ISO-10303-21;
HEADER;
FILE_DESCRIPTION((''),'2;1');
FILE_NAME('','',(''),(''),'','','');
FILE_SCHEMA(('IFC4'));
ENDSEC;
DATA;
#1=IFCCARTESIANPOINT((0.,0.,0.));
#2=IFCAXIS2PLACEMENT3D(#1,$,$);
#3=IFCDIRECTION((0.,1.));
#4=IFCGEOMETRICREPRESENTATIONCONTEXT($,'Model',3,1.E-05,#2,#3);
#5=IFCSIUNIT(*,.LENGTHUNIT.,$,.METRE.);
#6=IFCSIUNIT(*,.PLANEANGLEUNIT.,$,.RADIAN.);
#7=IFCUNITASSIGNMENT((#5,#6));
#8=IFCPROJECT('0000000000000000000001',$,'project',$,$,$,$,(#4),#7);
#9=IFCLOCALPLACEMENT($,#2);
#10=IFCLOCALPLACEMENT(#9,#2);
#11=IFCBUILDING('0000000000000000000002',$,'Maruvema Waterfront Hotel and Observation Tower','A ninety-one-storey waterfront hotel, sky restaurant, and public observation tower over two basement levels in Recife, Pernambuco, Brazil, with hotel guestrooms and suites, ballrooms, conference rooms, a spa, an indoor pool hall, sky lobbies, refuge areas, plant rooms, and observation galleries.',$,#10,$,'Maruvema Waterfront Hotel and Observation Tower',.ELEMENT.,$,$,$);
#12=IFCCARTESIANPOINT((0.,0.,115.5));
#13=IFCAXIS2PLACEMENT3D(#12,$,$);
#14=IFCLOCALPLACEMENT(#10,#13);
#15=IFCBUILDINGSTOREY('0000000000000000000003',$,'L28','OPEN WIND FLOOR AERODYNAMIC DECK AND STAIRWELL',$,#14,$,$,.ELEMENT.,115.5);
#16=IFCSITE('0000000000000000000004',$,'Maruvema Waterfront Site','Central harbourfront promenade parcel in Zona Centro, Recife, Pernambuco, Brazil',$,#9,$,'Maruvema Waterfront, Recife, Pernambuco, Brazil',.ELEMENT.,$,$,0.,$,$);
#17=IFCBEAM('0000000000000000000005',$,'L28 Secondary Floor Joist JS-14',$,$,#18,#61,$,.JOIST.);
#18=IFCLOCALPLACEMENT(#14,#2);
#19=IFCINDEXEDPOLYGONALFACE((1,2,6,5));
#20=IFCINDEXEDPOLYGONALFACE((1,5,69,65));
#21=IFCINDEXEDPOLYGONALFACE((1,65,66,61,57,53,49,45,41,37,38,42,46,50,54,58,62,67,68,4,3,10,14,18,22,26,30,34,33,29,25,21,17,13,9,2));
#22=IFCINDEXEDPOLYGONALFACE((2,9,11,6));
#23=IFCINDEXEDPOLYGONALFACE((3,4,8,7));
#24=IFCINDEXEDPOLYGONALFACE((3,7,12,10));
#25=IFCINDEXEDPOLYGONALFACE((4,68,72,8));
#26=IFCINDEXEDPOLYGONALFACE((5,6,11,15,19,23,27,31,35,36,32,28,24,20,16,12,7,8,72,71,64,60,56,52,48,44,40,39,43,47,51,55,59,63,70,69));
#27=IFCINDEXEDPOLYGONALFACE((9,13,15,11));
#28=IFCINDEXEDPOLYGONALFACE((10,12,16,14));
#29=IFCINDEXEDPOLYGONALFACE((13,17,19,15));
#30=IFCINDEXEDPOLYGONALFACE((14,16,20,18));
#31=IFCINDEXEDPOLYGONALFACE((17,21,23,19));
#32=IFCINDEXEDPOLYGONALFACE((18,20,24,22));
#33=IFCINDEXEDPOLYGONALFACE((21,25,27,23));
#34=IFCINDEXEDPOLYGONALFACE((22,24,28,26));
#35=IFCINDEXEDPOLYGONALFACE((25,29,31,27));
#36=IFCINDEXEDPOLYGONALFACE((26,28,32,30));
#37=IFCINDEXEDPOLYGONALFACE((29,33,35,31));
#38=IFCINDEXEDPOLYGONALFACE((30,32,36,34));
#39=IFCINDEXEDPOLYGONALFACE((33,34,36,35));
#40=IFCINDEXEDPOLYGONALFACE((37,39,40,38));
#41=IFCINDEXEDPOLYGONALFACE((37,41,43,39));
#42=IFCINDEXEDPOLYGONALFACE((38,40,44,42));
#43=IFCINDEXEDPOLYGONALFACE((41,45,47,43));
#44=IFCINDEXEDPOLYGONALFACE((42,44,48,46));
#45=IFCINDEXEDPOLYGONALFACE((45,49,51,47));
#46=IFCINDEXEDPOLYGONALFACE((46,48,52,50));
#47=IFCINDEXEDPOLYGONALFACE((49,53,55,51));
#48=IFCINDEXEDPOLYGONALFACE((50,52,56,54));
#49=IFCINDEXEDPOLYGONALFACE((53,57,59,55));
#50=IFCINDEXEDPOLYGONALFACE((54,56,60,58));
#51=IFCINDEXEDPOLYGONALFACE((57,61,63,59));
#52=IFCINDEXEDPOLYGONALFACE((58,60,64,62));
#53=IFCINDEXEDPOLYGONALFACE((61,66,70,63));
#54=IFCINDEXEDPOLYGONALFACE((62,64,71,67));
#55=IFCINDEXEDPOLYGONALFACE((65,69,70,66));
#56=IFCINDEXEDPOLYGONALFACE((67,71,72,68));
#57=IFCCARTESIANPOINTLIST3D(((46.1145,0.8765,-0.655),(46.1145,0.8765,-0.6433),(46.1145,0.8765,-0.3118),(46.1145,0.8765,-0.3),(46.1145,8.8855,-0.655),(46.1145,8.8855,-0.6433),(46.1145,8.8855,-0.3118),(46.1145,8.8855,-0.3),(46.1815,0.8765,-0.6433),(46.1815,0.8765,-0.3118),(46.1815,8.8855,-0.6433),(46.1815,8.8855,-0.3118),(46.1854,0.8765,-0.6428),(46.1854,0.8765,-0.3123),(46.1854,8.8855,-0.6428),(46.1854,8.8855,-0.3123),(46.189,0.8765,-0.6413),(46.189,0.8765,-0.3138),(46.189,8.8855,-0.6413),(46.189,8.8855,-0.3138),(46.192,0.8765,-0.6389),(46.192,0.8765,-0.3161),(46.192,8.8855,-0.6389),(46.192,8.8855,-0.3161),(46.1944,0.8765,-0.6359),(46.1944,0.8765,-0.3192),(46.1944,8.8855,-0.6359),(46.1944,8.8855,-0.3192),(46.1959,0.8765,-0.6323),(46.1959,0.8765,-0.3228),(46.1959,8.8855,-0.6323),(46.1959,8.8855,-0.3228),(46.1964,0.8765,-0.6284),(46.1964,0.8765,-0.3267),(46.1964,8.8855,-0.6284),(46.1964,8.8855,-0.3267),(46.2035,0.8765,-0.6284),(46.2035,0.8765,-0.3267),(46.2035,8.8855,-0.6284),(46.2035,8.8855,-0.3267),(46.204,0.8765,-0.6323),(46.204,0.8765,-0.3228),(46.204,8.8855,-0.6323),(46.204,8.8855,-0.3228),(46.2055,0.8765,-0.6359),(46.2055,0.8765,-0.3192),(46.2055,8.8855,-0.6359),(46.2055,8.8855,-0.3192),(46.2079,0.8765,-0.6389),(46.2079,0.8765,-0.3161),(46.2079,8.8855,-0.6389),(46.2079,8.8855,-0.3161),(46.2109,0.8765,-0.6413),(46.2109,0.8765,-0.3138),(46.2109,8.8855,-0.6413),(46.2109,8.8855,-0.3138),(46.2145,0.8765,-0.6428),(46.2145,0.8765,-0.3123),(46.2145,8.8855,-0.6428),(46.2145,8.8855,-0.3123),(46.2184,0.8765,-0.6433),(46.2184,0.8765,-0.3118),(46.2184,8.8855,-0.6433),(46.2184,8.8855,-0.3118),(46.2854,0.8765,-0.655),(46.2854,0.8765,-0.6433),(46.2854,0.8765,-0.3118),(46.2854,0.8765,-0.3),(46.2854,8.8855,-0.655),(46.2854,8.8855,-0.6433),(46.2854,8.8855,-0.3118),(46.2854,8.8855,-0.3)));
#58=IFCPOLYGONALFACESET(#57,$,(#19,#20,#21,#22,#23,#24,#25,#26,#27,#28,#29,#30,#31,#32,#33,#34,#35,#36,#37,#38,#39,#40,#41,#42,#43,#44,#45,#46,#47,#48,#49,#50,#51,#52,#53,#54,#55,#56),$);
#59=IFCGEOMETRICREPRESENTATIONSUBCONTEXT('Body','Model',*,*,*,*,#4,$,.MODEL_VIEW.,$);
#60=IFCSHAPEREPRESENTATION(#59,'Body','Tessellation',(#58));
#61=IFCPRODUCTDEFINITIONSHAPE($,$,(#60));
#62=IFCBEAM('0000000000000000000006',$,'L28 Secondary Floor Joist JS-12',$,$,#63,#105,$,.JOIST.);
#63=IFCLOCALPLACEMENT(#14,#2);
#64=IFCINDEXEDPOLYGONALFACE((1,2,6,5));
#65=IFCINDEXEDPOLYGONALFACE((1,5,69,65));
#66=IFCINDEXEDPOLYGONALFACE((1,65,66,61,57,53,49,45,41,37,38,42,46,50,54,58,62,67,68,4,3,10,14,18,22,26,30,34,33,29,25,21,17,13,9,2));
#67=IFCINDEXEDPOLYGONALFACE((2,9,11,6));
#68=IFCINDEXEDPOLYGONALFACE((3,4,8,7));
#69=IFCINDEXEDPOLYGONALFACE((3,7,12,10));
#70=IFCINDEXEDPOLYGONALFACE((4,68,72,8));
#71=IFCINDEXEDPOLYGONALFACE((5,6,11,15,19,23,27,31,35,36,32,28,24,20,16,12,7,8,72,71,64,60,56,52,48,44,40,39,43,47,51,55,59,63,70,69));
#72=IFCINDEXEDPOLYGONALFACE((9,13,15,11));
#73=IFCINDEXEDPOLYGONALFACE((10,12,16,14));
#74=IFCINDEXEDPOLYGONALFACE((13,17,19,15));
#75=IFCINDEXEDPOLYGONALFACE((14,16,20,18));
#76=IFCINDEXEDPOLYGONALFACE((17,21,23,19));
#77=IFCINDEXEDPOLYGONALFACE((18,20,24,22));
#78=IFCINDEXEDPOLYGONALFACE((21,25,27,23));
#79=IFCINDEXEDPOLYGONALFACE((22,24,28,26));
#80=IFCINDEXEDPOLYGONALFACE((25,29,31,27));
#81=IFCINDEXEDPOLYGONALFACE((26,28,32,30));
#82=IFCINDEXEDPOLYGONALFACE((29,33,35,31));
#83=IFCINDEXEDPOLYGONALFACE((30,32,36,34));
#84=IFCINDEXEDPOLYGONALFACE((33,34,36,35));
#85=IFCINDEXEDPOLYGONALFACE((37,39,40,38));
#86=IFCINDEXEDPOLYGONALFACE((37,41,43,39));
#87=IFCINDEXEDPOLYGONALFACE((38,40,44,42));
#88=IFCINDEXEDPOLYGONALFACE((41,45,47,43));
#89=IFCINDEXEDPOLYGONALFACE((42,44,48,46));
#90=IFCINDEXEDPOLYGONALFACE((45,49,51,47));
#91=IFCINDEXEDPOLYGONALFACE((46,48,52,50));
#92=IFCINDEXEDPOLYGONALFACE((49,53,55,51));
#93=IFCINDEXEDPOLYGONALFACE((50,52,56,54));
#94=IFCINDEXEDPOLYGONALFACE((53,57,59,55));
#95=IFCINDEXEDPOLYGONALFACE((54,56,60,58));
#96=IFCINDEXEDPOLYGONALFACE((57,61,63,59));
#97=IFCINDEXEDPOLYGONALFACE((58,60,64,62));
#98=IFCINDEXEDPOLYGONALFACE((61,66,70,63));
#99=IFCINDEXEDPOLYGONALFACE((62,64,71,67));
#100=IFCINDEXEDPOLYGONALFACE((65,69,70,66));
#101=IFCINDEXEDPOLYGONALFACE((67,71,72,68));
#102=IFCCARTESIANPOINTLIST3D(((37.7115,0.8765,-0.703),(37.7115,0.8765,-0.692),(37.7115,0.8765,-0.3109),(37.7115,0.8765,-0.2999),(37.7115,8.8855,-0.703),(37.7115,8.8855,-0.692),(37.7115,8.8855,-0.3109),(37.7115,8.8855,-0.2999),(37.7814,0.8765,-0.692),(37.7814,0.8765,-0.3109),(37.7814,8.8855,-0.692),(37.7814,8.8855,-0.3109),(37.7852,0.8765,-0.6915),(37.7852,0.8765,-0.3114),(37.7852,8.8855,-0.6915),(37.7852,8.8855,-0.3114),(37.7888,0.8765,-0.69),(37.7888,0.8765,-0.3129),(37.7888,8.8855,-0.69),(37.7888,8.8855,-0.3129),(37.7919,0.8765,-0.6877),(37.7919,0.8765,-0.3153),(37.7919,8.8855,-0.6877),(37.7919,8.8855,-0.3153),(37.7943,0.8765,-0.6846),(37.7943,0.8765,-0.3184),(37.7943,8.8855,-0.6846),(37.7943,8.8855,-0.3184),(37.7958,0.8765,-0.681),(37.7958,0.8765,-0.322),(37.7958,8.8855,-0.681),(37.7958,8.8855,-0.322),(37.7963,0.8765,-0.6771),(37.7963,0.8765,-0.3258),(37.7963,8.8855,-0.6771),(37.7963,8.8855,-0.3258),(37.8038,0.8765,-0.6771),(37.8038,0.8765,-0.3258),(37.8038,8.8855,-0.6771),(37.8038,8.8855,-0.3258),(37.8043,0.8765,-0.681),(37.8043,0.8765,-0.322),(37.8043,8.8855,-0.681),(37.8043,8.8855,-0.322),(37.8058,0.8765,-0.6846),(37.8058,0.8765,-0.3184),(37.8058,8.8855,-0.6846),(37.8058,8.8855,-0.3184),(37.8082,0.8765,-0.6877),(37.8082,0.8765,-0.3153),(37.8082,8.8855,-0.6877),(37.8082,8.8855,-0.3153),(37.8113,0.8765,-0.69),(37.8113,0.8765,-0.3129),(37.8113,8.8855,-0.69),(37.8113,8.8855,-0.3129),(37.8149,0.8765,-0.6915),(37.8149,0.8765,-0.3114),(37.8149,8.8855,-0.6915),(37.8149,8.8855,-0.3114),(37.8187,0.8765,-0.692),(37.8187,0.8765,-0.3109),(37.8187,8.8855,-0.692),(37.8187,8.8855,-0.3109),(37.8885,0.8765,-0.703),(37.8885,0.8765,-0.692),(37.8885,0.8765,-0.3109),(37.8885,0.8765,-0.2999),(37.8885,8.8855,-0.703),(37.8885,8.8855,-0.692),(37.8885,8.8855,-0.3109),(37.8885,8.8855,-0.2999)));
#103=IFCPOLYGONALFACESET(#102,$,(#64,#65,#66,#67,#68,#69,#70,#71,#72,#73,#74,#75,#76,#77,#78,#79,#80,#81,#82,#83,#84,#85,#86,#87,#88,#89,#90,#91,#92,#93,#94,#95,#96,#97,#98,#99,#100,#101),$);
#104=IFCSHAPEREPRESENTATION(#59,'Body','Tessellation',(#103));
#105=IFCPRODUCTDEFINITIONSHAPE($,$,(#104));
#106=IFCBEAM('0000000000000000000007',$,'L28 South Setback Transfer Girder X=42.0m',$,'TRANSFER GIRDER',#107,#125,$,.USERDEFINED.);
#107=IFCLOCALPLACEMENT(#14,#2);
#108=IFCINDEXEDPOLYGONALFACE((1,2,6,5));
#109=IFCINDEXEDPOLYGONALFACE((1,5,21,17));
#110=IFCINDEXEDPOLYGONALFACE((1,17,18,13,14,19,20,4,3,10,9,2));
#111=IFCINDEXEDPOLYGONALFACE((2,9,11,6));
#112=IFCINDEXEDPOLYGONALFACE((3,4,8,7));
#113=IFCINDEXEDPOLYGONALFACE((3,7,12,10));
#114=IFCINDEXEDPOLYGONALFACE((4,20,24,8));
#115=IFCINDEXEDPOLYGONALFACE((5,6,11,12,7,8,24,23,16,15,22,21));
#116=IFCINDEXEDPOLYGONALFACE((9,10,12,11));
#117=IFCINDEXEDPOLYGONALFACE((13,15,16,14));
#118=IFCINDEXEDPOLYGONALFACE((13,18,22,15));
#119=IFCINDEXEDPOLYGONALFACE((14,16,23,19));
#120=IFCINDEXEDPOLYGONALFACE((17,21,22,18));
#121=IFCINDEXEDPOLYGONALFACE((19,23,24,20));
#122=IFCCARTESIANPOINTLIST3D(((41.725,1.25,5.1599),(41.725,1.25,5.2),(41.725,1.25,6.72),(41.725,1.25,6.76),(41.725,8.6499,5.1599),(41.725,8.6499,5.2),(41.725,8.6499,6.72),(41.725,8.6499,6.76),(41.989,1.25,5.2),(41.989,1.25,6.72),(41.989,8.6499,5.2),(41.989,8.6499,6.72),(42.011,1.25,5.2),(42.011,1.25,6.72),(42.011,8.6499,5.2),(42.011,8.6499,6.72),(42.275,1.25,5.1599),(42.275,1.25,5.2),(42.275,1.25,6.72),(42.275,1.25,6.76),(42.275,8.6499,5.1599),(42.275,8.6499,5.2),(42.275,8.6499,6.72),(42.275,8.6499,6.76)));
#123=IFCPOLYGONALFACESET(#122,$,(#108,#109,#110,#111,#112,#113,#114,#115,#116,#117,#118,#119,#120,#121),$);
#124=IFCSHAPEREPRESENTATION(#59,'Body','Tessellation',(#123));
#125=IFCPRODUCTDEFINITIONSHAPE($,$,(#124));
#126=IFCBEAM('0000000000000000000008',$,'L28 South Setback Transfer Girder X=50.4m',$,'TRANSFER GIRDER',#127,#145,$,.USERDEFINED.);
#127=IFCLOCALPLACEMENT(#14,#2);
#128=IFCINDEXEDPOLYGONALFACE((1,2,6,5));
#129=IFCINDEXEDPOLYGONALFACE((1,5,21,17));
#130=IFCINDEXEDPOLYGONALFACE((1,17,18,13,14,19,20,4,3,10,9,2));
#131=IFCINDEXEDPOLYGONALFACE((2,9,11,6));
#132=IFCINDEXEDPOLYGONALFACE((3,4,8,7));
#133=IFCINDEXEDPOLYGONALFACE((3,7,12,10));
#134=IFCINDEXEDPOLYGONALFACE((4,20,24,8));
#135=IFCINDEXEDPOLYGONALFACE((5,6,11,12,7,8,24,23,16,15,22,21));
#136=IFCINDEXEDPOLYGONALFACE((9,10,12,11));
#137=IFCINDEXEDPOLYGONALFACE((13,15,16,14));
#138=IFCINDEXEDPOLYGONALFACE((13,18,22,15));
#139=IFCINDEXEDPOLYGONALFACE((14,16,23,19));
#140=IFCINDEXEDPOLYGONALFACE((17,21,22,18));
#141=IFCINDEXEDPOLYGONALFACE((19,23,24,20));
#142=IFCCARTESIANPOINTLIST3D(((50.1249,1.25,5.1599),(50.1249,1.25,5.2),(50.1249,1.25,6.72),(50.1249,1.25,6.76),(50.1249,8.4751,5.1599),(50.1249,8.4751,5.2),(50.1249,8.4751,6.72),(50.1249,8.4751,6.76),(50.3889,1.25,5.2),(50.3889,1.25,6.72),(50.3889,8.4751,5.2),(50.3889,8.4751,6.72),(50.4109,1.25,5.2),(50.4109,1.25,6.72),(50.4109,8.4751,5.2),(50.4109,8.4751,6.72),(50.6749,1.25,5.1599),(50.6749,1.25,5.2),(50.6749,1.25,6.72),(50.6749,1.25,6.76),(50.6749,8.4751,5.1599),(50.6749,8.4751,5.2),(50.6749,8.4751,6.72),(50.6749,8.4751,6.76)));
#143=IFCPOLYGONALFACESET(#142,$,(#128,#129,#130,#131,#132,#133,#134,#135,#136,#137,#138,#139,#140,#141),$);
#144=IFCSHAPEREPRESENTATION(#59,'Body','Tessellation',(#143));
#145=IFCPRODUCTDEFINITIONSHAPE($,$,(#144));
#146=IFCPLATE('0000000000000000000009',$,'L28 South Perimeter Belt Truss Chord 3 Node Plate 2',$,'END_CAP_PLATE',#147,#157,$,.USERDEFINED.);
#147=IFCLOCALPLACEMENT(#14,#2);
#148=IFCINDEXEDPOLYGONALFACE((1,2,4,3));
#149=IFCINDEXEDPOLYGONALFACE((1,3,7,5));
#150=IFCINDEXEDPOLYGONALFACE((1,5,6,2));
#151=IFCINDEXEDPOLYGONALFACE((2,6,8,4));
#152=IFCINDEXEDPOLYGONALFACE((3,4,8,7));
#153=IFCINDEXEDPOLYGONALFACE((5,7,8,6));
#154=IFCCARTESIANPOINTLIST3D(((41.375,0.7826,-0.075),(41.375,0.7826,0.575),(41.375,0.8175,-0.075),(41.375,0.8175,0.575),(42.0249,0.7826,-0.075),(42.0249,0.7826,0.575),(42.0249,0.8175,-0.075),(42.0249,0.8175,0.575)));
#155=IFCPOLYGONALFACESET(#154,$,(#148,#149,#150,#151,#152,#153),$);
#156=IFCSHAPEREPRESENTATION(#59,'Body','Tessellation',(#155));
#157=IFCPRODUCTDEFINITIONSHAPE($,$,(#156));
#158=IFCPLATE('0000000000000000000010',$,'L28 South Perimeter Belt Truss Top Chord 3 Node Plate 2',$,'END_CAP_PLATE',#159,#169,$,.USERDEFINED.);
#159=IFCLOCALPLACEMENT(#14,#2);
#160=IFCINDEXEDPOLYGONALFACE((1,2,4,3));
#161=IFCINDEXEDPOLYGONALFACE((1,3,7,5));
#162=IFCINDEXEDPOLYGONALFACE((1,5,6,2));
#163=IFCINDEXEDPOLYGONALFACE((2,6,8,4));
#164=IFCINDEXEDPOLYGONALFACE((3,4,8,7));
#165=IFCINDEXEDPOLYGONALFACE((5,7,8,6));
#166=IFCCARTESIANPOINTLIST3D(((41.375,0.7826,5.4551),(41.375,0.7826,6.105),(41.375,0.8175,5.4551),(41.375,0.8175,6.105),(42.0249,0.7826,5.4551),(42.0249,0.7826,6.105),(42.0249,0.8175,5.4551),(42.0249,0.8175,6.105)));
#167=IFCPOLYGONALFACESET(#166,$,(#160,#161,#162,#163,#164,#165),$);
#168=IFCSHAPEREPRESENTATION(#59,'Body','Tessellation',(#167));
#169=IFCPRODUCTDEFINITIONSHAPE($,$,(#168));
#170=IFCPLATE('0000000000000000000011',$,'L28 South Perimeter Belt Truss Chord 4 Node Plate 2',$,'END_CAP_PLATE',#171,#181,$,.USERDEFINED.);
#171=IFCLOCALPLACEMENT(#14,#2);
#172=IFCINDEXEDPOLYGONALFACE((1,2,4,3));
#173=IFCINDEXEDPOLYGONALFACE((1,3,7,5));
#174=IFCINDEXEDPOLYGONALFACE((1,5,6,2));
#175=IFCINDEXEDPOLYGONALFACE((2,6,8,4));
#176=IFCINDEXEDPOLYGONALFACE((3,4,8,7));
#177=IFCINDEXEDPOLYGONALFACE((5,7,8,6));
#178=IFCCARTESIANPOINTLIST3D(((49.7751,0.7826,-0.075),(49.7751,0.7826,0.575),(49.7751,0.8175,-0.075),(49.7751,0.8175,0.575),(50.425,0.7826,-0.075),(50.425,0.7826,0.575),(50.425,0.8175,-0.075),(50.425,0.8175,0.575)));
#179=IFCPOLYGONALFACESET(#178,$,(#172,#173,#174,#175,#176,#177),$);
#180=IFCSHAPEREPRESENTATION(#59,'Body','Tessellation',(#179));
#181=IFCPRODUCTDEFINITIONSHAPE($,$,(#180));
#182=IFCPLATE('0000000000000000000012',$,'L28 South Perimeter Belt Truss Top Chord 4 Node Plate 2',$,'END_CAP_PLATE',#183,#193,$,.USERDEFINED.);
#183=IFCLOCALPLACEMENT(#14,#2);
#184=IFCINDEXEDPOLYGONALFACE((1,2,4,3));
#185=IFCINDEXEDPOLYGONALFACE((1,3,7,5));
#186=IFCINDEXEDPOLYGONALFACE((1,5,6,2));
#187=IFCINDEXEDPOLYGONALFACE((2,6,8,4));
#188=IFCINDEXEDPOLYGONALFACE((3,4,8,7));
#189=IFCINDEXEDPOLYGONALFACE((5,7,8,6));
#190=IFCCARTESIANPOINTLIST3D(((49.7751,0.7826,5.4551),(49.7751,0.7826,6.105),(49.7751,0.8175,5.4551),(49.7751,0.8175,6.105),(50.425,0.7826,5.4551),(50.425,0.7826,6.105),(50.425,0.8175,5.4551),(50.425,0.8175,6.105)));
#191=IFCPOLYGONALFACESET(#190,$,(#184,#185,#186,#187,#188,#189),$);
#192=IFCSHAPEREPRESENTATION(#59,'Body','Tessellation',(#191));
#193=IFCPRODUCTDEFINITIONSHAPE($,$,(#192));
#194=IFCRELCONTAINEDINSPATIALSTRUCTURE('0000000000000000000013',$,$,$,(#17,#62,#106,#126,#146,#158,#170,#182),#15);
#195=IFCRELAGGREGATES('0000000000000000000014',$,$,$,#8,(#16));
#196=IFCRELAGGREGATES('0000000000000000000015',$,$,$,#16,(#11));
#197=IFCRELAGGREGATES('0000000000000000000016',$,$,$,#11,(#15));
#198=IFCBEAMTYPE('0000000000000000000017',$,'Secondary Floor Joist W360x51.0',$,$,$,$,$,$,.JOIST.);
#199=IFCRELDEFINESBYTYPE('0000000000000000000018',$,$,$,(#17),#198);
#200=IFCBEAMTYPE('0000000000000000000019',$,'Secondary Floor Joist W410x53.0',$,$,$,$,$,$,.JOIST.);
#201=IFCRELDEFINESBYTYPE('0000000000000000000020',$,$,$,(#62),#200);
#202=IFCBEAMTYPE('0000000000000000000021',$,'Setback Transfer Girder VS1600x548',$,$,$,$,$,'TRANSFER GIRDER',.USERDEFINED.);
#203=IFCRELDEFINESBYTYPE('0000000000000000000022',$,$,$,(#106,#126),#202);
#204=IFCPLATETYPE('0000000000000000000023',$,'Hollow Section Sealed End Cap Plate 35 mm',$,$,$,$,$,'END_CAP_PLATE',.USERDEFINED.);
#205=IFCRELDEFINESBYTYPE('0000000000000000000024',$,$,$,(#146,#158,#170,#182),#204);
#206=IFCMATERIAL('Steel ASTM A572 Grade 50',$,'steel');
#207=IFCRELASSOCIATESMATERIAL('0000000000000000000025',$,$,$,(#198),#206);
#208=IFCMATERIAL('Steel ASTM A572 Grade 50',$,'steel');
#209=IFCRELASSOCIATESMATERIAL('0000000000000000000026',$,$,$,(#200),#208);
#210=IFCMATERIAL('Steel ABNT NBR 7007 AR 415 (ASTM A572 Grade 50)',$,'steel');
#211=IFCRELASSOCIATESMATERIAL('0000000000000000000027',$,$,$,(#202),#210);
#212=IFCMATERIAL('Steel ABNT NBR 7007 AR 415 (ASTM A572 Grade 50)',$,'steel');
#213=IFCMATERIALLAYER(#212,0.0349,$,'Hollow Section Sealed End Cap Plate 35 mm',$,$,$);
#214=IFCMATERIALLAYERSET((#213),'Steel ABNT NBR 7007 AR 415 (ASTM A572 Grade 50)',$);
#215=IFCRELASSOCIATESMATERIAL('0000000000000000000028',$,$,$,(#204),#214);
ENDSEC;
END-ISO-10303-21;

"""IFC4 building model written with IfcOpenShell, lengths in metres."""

from ifc_helpers import new_model, si_unit, direction, frame, origin, origin_2d, place, context, subcontext, project, spatial, rectangle, i_section, extrude, material, layer, layer_set, material_profile, profile_set, type_object, element, save


model = new_model("IFC4")

# Units and contexts
model_context = context("Model", 3, precision=1e-05, world=origin(), true_north=direction((0.0, 1.0)))
body_context = subcontext(model_context, "Body", "Model", "MODEL_VIEW")
ifc_project = project(units=[si_unit("LENGTHUNIT", "METRE"), si_unit("PLANEANGLEUNIT", "RADIAN")], contexts=[model_context])

# Site, building, storey
site_placement = place(None, origin())
site = spatial("IfcSite", under=ifc_project, at=site_placement, Name="Maruvema Waterfront Site", Description="Central harbourfront promenade parcel in Zona Centro, Recife, Pernambuco, Brazil", LongName="Maruvema Waterfront, Recife, Pernambuco, Brazil", CompositionType="ELEMENT", RefElevation=0.0)
building_placement = place(site_placement, origin())
building = spatial("IfcBuilding", under=site, at=building_placement, Name="Maruvema Waterfront Hotel and Observation Tower", Description="A ninety-one-storey waterfront hotel, sky restaurant, and public observation tower over two basement levels in Recife, Pernambuco, Brazil, with hotel guestrooms and suites, ballrooms, conference rooms, a spa, an indoor pool hall, sky lobbies, refuge areas, plant rooms, and observation galleries.", LongName="Maruvema Waterfront Hotel and Observation Tower", CompositionType="ELEMENT")
storey_placement = place(building_placement, frame((0.0, 0.0, 115.5)))
storey = spatial("IfcBuildingStorey", under=building, at=storey_placement, Name="L28", Description="OPEN WIND FLOOR AERODYNAMIC DECK AND STAIRWELL", CompositionType="ELEMENT", Elevation=115.5)

# Beams
ifc_material_1 = material(Name="Steel ASTM A572 Grade 50", Category="steel")
ifc_material_profile_1 = material_profile(ifc_material_1, i_section(OverallWidth=0.1709, OverallDepth=0.355, WebThickness=0.0071, FlangeThickness=0.0117, FilletRadius=0.0149, at=origin_2d()), Name="W360x51.0")
ifc_profile_set_1 = profile_set([ifc_material_profile_1], Name="Steel ASTM A572 Grade 50")
beam_type_1 = type_object("IfcBeamType", Name="Secondary Floor Joist W360x51.0", PredefinedType="JOIST", material=ifc_profile_set_1)
beam_1_placement = place(storey_placement, frame((46.2, 0.8765, -0.4775), z_axis=(0.0, 1.0, 0.0), x_axis=(-1.0, 0.0, 0.0)))
element("IfcBeam", 1, at=beam_1_placement, inside=storey, type_object=beam_type_1, Name="L28 Secondary Floor Joist JS-14", PredefinedType="JOIST", context=body_context, shape_type="SweptSolid", body=[
    extrude(i_section(OverallWidth=0.1709, OverallDepth=0.355, WebThickness=0.0071, FlangeThickness=0.0117, FilletRadius=0.0149, at=origin_2d()), origin(), (0.0, 0.0, 1.0), 8.009),
])
ifc_material_2 = material(Name="Steel ASTM A572 Grade 50", Category="steel")
ifc_material_profile_2 = material_profile(ifc_material_2, i_section(OverallWidth=0.177, OverallDepth=0.4031, WebThickness=0.0076, FlangeThickness=0.011, FilletRadius=0.0149, at=origin_2d()), Name="W410x53.0")
ifc_profile_set_2 = profile_set([ifc_material_profile_2], Name="Steel ASTM A572 Grade 50")
beam_type_2 = type_object("IfcBeamType", Name="Secondary Floor Joist W410x53.0", PredefinedType="JOIST", material=ifc_profile_set_2)
beam_2_placement = place(storey_placement, frame((37.8, 0.8765, -0.5015), z_axis=(0.0, 1.0, 0.0), x_axis=(-1.0, 0.0, 0.0)))
element("IfcBeam", 2, at=beam_2_placement, inside=storey, type_object=beam_type_2, Name="L28 Secondary Floor Joist JS-12", PredefinedType="JOIST", context=body_context, shape_type="SweptSolid", body=[
    extrude(i_section(OverallWidth=0.177, OverallDepth=0.4031, WebThickness=0.0076, FlangeThickness=0.011, FilletRadius=0.0149, at=origin_2d()), origin(), (0.0, 0.0, 1.0), 8.009),
])
ifc_material_3 = material(Name="Steel ABNT NBR 7007 AR 415 (ASTM A572 Grade 50)", Category="steel")
ifc_material_profile_3 = material_profile(ifc_material_3, i_section(OverallWidth=0.55, OverallDepth=1.6001, WebThickness=0.022, FlangeThickness=0.04, at=origin_2d()), Name="VS1600x548")
ifc_profile_set_3 = profile_set([ifc_material_profile_3], Name="Steel ABNT NBR 7007 AR 415 (ASTM A572 Grade 50)")
beam_type_3 = type_object("IfcBeamType", Name="Setback Transfer Girder VS1600x548", ElementType="TRANSFER GIRDER", PredefinedType="USERDEFINED", material=ifc_profile_set_3)
beam_3_placement = place(storey_placement, frame((42.0, 1.25, 5.96), z_axis=(0.0, 1.0, 0.0), x_axis=(-1.0, 0.0, 0.0)))
element("IfcBeam", 3, at=beam_3_placement, inside=storey, type_object=beam_type_3, Name="L28 South Setback Transfer Girder X=42.0m", ObjectType="TRANSFER GIRDER", PredefinedType="USERDEFINED", context=body_context, shape_type="SweptSolid", body=[
    extrude(i_section(OverallWidth=0.55, OverallDepth=1.6001, WebThickness=0.022, FlangeThickness=0.04, at=origin_2d()), origin(), (0.0, 0.0, 1.0), 7.3999),
])
beam_4_placement = place(storey_placement, frame((50.3999, 1.25, 5.96), z_axis=(0.0, 1.0, 0.0), x_axis=(-1.0, 0.0, 0.0)))
element("IfcBeam", 4, at=beam_4_placement, inside=storey, type_object=beam_type_3, Name="L28 South Setback Transfer Girder X=50.4m", ObjectType="TRANSFER GIRDER", PredefinedType="USERDEFINED", context=body_context, shape_type="SweptSolid", body=[
    extrude(i_section(OverallWidth=0.55, OverallDepth=1.6001, WebThickness=0.022, FlangeThickness=0.04, at=origin_2d()), origin(), (0.0, 0.0, 1.0), 7.2251),
])

# Plates
ifc_material_4 = material(Name="Steel ABNT NBR 7007 AR 415 (ASTM A572 Grade 50)", Category="steel")
ifc_layer_1 = layer(ifc_material_4, 0.0349, Name="Hollow Section Sealed End Cap Plate 35 mm")
ifc_layer_set_1 = layer_set([ifc_layer_1], Name="Steel ABNT NBR 7007 AR 415 (ASTM A572 Grade 50)")
plate_type_1 = type_object("IfcPlateType", Name="Hollow Section Sealed End Cap Plate 35 mm", ElementType="END_CAP_PLATE", PredefinedType="USERDEFINED", material=ifc_layer_set_1)
for number, where, z_axis, x_axis, name in (
    (5, (41.7, 0.8, -0.075), (0.0, 0.0, 1.0), (1.0, 0.0, 0.0), "L28 South Perimeter Belt Truss Chord 3 Node Plate 2"),
    (6, (41.7, 0.8, 5.4551), (0.0, 0.0, 1.0), (1.0, 0.0, 0.0), "L28 South Perimeter Belt Truss Top Chord 3 Node Plate 2"),
    (7, (50.1001, 0.8, -0.075), (0.0, 0.0, 1.0), (1.0, 0.0, 0.0), "L28 South Perimeter Belt Truss Chord 4 Node Plate 2"),
    (8, (50.1001, 0.8, 5.4551), (0.0, 0.0, 1.0), (1.0, 0.0, 0.0), "L28 South Perimeter Belt Truss Top Chord 4 Node Plate 2"),
):
    element("IfcPlate", number, at=place(storey_placement, frame(where, z_axis=z_axis, x_axis=x_axis)), inside=storey, type_object=plate_type_1, Name=name, ObjectType="END_CAP_PLATE", PredefinedType="USERDEFINED", context=body_context, shape_type="SweptSolid", body=[
        extrude(rectangle(XDim=0.6499, YDim=0.0349, at=origin_2d()), origin(), (0.0, 0.0, 1.0), 0.6499),
    ])

save(model, "model.ifc")
